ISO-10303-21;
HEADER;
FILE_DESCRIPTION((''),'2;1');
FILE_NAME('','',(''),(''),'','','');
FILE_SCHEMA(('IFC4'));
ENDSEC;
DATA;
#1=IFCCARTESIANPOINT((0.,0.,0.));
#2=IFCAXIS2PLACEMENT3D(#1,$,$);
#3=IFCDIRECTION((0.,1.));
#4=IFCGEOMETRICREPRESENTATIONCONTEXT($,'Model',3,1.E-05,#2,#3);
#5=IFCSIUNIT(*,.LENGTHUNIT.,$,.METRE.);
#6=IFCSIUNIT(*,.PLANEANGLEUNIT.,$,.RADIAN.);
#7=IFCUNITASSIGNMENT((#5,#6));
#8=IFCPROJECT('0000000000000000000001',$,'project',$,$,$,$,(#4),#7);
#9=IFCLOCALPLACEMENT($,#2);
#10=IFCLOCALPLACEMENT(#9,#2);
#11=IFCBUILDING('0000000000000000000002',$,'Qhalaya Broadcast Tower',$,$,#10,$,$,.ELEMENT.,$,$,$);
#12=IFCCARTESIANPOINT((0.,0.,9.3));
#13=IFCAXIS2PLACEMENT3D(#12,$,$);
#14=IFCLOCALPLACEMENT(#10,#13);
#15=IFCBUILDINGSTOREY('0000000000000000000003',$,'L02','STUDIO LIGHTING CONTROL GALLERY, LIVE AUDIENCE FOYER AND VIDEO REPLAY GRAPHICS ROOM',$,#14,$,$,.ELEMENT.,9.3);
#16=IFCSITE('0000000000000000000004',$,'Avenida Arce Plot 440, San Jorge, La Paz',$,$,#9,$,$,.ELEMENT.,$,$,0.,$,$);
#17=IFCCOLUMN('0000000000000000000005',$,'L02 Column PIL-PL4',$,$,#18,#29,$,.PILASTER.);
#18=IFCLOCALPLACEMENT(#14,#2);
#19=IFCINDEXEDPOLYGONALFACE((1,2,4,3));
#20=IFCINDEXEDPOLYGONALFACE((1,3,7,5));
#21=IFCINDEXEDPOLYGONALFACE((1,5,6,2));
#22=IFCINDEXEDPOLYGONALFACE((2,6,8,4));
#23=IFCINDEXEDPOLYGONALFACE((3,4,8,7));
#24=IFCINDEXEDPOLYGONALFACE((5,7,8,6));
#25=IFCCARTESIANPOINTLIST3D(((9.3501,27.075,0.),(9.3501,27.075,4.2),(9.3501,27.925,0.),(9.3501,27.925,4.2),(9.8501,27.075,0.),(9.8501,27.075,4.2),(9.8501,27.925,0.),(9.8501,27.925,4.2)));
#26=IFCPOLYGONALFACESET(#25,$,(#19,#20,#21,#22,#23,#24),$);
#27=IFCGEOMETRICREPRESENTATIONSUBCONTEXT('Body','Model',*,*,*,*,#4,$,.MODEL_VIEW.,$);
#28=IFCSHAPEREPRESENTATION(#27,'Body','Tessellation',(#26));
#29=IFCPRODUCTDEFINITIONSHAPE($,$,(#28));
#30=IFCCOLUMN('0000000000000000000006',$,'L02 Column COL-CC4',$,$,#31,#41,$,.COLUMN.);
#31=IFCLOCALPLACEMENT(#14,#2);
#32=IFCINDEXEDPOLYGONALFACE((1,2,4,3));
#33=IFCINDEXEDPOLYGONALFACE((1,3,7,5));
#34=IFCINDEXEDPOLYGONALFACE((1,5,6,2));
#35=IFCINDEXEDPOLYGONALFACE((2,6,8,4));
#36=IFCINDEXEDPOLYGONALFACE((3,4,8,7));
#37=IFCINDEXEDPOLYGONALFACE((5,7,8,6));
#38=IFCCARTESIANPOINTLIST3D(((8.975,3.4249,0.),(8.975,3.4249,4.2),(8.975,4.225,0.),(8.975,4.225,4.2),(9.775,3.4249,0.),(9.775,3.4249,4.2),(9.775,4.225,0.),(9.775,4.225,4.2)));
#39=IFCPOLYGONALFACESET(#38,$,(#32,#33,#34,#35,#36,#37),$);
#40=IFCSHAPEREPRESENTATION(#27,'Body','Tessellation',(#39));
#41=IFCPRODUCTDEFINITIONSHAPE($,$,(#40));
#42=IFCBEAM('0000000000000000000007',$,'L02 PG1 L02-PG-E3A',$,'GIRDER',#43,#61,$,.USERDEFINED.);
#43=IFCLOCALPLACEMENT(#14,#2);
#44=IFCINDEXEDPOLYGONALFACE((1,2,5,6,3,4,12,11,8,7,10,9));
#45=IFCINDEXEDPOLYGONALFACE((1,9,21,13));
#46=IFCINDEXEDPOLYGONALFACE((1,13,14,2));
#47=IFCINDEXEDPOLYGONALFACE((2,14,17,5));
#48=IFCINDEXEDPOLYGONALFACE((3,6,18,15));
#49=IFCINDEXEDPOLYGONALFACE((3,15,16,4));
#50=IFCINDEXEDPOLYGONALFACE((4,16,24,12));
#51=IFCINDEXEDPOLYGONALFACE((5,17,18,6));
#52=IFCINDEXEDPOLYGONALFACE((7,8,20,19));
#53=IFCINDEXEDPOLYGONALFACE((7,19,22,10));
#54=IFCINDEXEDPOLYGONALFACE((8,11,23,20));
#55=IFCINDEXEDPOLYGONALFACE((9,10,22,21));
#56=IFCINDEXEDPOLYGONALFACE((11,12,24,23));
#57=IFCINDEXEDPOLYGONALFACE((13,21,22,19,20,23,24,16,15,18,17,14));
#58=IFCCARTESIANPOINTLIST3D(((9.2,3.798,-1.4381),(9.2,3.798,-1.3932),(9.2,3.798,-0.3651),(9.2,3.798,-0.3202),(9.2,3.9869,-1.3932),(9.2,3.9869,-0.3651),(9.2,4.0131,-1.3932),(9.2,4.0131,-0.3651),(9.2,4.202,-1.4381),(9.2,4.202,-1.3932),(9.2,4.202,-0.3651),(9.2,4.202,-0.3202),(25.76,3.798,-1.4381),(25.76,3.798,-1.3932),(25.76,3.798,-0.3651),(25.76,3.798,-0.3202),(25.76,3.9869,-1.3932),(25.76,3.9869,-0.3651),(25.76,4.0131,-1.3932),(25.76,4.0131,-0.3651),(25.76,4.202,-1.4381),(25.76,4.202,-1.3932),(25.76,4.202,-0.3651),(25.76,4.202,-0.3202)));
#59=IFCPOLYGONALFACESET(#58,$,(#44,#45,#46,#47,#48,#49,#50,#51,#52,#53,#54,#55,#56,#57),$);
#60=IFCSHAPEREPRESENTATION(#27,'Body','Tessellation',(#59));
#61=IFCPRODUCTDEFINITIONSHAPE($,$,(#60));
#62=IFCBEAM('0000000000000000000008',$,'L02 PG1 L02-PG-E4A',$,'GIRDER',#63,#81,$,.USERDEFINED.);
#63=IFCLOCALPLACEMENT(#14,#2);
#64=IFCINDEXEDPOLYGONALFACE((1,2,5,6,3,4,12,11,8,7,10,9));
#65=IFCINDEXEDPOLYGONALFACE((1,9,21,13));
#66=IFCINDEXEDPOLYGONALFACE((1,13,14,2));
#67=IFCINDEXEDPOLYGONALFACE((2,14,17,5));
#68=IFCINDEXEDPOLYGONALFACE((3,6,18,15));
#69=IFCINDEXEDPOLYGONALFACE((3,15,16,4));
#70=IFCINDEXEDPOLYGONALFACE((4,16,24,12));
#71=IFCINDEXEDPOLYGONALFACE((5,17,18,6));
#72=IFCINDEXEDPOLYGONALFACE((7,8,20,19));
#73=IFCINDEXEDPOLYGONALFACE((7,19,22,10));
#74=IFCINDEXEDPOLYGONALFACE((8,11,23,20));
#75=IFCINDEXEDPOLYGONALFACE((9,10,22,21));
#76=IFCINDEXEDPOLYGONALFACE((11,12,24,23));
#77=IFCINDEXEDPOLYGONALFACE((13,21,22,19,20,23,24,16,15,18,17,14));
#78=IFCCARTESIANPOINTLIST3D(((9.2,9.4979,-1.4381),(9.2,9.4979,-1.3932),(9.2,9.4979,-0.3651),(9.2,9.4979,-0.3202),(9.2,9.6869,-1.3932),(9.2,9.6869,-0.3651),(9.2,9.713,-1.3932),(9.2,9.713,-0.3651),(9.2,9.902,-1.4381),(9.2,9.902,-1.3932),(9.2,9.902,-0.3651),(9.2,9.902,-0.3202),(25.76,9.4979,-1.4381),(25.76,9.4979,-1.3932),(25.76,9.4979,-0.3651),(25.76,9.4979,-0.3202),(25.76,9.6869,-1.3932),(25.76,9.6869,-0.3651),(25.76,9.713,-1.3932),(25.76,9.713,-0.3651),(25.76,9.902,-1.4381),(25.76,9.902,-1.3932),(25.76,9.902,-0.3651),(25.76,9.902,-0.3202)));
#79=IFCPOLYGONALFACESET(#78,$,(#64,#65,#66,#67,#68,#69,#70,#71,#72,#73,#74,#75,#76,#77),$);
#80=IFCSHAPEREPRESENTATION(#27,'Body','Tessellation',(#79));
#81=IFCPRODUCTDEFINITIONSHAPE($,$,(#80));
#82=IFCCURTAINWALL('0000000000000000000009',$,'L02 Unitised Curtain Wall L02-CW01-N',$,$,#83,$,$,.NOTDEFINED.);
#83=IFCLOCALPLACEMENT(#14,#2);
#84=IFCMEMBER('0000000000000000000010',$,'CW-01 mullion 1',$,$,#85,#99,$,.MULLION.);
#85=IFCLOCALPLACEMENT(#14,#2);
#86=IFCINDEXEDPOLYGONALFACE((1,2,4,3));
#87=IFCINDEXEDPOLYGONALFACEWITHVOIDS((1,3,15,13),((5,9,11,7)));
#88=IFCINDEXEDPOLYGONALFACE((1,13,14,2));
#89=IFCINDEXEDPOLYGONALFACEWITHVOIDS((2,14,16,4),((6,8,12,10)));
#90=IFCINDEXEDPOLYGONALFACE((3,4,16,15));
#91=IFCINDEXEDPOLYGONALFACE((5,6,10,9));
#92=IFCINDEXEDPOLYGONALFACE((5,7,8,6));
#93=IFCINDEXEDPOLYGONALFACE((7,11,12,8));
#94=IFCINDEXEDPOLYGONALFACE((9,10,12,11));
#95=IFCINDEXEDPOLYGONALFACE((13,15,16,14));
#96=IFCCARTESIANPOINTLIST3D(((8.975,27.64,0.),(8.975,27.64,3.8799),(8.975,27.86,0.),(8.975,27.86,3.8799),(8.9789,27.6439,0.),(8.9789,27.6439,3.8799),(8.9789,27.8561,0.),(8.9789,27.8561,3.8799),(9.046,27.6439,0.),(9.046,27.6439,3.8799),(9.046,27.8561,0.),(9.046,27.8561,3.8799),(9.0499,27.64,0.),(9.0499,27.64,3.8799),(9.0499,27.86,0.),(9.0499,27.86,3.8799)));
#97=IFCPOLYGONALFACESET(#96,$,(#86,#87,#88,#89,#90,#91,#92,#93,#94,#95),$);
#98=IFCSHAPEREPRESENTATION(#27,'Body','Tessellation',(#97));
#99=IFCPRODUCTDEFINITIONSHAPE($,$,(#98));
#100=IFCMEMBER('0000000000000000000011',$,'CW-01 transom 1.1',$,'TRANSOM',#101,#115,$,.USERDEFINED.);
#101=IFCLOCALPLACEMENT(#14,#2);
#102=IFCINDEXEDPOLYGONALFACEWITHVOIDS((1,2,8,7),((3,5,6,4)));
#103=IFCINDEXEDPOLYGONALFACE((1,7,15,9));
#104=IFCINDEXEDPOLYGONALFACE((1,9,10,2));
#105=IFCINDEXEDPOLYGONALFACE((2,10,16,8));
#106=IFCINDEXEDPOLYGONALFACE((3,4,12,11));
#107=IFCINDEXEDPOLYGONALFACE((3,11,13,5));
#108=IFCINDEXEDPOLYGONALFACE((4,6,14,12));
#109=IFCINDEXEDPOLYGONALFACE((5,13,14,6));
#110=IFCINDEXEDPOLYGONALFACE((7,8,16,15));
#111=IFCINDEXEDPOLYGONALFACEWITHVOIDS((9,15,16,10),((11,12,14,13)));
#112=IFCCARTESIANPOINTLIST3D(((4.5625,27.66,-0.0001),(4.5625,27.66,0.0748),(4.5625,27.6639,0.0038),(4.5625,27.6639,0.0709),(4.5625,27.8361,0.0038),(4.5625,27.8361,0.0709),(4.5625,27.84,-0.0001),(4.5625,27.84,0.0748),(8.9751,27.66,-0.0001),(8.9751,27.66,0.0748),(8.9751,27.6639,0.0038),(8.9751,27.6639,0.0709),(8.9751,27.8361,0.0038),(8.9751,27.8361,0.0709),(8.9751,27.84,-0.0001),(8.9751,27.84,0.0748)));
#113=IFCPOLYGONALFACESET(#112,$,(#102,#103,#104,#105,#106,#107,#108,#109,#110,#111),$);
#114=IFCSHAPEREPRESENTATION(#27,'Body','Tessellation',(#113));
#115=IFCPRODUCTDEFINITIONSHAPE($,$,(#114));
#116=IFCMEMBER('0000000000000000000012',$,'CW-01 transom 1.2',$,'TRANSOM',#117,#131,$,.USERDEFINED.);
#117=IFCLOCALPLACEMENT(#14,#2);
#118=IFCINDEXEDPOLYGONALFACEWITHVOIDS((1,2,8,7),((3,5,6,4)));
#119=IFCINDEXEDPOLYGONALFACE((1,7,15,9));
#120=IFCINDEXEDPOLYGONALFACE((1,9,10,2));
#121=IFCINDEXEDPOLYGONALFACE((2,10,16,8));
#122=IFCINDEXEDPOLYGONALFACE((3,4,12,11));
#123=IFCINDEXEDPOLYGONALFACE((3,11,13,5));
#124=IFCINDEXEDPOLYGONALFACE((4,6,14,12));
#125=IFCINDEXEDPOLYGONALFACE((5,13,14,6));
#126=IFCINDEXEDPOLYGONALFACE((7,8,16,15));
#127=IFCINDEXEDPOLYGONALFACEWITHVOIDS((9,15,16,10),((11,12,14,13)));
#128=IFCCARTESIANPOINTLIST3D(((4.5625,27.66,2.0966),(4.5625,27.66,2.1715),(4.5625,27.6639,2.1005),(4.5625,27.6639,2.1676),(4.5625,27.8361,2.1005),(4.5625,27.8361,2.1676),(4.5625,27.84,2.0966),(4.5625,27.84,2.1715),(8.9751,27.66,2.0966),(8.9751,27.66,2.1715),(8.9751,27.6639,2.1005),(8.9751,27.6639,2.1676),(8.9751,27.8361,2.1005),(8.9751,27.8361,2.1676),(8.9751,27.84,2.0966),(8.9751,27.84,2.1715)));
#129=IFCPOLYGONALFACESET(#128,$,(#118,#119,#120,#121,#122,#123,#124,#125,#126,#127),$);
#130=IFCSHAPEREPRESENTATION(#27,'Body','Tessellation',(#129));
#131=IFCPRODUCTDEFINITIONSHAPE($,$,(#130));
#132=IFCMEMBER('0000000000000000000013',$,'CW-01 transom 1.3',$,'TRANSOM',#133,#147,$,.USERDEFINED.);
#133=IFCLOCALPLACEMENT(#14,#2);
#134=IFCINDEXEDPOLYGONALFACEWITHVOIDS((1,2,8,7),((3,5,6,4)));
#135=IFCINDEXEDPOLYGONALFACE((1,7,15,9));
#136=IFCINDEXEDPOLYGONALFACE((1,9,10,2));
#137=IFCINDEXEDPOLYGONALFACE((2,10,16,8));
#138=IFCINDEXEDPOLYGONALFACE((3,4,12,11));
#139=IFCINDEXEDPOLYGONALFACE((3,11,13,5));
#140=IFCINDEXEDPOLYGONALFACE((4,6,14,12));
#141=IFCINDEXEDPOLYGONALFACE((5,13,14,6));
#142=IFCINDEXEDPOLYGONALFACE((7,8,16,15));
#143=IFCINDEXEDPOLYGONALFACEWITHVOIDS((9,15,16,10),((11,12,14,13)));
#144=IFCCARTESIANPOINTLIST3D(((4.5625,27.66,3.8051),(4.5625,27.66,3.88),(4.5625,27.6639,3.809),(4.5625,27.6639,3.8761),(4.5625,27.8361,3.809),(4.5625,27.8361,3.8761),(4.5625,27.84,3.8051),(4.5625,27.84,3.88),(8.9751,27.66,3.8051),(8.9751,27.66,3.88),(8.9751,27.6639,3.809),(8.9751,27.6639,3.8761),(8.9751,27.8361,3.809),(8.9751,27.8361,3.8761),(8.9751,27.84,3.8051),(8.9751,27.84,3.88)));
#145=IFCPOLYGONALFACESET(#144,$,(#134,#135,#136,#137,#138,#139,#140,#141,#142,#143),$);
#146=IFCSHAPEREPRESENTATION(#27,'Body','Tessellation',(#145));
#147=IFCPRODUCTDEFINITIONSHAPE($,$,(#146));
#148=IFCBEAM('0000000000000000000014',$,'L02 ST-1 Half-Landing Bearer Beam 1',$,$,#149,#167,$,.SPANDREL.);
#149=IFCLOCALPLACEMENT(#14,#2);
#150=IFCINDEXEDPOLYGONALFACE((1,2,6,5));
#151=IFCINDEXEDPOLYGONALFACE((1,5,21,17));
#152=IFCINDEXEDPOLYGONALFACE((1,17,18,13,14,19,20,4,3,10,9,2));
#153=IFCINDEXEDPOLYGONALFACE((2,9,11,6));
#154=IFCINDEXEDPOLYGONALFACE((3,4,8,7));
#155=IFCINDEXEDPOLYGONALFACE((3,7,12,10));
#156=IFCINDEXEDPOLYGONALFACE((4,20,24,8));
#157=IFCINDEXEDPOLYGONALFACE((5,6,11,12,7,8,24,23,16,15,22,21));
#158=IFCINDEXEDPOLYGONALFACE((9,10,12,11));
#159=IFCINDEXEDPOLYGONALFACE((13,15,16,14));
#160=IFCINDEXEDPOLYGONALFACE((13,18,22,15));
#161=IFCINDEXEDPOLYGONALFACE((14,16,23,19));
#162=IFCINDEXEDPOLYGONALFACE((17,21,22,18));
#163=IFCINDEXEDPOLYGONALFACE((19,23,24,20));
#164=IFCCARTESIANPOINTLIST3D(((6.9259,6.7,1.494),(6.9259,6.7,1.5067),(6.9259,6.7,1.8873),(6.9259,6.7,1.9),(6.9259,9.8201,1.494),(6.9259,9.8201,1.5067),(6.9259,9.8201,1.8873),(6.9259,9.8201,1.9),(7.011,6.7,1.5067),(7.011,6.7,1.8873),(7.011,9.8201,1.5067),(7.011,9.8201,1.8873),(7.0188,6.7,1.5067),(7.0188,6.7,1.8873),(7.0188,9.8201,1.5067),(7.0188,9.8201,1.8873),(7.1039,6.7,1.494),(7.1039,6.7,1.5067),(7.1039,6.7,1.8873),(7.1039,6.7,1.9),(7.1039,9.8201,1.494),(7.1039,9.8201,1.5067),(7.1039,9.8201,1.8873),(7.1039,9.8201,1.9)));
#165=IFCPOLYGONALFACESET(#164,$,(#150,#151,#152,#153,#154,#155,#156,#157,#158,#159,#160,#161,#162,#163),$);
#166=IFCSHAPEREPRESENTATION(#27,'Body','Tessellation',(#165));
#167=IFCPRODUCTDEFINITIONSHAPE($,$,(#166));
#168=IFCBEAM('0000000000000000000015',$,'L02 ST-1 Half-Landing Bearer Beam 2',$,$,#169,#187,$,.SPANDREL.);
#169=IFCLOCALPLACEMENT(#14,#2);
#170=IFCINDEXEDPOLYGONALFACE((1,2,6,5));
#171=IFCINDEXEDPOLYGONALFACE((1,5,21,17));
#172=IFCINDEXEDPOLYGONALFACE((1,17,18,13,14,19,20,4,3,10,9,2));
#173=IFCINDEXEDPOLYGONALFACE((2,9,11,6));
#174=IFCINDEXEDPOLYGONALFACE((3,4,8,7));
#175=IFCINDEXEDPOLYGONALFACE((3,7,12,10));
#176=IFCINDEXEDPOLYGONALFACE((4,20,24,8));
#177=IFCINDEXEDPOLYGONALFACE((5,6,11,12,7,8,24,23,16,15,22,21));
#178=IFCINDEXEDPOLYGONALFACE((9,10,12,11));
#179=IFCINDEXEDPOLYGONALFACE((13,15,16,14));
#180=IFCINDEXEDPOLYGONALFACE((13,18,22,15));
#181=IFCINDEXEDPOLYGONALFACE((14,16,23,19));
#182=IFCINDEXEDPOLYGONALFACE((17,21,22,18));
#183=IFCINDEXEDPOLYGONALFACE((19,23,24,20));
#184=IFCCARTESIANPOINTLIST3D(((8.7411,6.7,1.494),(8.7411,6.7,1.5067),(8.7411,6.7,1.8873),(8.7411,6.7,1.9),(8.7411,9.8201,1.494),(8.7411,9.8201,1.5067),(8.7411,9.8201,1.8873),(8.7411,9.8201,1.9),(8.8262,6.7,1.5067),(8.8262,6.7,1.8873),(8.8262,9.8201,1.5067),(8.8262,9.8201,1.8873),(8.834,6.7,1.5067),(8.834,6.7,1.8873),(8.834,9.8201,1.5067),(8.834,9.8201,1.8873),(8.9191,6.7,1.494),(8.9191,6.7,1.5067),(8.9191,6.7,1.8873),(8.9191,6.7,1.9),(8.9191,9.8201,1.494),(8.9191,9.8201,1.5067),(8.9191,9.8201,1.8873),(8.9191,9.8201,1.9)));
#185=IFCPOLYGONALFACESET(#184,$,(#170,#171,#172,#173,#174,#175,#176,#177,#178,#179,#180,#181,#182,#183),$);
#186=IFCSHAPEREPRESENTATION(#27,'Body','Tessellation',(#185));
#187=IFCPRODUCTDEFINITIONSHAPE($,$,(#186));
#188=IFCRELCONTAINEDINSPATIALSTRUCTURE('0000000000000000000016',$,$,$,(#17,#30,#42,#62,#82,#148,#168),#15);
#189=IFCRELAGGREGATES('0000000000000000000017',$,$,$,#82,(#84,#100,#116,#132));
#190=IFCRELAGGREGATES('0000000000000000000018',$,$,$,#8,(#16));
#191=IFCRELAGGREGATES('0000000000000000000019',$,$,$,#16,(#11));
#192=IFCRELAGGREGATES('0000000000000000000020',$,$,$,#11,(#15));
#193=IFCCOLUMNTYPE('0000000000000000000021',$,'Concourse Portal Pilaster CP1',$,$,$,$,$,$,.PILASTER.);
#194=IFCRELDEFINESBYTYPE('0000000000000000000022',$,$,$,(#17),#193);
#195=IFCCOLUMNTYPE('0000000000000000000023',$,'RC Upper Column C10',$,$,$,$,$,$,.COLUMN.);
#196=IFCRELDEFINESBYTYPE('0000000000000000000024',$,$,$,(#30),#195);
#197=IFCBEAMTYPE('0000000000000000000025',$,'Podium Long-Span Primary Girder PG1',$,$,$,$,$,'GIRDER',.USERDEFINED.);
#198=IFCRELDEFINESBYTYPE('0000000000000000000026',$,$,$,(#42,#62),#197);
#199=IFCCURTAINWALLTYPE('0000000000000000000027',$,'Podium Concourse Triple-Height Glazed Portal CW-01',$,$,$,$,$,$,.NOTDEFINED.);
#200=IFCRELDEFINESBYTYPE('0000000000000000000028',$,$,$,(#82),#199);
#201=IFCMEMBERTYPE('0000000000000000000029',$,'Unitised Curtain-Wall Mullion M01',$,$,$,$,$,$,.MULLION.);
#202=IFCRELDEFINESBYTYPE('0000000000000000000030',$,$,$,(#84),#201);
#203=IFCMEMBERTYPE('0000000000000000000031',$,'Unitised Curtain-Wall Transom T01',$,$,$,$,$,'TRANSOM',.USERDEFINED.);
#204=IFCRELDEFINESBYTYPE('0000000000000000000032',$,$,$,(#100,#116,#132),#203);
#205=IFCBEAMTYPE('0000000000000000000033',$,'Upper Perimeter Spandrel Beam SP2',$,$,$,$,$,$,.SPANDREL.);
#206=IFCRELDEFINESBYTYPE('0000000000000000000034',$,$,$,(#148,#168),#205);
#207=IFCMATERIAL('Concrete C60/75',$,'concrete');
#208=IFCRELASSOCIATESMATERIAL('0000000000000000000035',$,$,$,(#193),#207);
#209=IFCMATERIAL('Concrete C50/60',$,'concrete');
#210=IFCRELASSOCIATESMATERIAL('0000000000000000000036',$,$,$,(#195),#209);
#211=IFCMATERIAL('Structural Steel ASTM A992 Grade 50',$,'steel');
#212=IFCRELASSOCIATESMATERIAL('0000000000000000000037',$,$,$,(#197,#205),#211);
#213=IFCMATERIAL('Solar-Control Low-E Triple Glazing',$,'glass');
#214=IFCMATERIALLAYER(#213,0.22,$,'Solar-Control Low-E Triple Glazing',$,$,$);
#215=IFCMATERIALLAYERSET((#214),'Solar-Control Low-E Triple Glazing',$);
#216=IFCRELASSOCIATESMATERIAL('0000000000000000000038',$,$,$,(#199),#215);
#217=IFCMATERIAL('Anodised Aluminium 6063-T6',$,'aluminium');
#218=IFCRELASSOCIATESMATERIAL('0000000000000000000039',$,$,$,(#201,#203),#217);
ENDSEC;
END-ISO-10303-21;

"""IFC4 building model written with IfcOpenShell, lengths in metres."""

from ifc_helpers import new_model, si_unit, direction, frame, origin, origin_2d, place, context, subcontext, project, spatial, rectangle, hollow_rectangle, i_section, extrude, material, layer, layer_set, material_profile, profile_set, type_object, element, aggregate, save


model = new_model("IFC4")

# Units and contexts
model_context = context("Model", 3, precision=1e-05, world=origin(), true_north=direction((0.0, 1.0)))
body_context = subcontext(model_context, "Body", "Model", "MODEL_VIEW")
ifc_project = project(units=[si_unit("LENGTHUNIT", "METRE"), si_unit("PLANEANGLEUNIT", "RADIAN")], contexts=[model_context])

# Site, building, storey
site_placement = place(None, origin())
site = spatial("IfcSite", under=ifc_project, at=site_placement, Name="Avenida Arce Plot 440, San Jorge, La Paz", CompositionType="ELEMENT", RefElevation=0.0)
building_placement = place(site_placement, origin())
building = spatial("IfcBuilding", under=site, at=building_placement, Name="Qhalaya Broadcast Tower", CompositionType="ELEMENT")
storey_placement = place(building_placement, frame((0.0, 0.0, 9.3)))
storey = spatial("IfcBuildingStorey", under=building, at=storey_placement, Name="L02", Description="STUDIO LIGHTING CONTROL GALLERY, LIVE AUDIENCE FOYER AND VIDEO REPLAY GRAPHICS ROOM", CompositionType="ELEMENT", Elevation=9.3)

# Columns
ifc_material_1 = material(Name="Concrete C60/75", Category="concrete")
ifc_material_profile_1 = material_profile(ifc_material_1, rectangle(XDim=0.5, YDim=0.8501, at=origin_2d()), Name="RC-PIL 500x850")
ifc_profile_set_1 = profile_set([ifc_material_profile_1], Name="Concrete C60/75")
column_type_1 = type_object("IfcColumnType", Name="Concourse Portal Pilaster CP1", PredefinedType="PILASTER", material=ifc_profile_set_1)
column_1_placement = place(storey_placement, frame((9.6001, 27.5, 0.0), z_axis=(0.0, 0.0, 1.0), x_axis=(1.0, 0.0, 0.0)))
element("IfcColumn", 1, at=column_1_placement, inside=storey, type_object=column_type_1, Name="L02 Column PIL-PL4", PredefinedType="PILASTER", context=body_context, shape_type="SweptSolid", body=[
    extrude(rectangle(XDim=0.5, YDim=0.8501, at=origin_2d()), origin(), (0.0, 0.0, 1.0), 4.2),
])
ifc_material_2 = material(Name="Concrete C50/60", Category="concrete")
ifc_material_profile_2 = material_profile(ifc_material_2, rectangle(XDim=0.8, YDim=0.8, at=origin_2d()), Name="RC-COL 800x800")
ifc_profile_set_2 = profile_set([ifc_material_profile_2], Name="Concrete C50/60")
column_type_2 = type_object("IfcColumnType", Name="RC Upper Column C10", PredefinedType="COLUMN", material=ifc_profile_set_2)
column_2_placement = place(storey_placement, frame((9.375, 3.825, 0.0), z_axis=(0.0, 0.0, 1.0), x_axis=(1.0, 0.0, 0.0)))
element("IfcColumn", 2, at=column_2_placement, inside=storey, type_object=column_type_2, Name="L02 Column COL-CC4", PredefinedType="COLUMN", context=body_context, shape_type="SweptSolid", body=[
    extrude(rectangle(XDim=0.8, YDim=0.8, at=origin_2d()), origin(), (0.0, 0.0, 1.0), 4.2),
])

# Beams
ifc_material_3 = material(Name="Structural Steel ASTM A992 Grade 50", Category="steel")
ifc_material_profile_3 = material_profile(ifc_material_3, i_section(OverallWidth=0.4041, OverallDepth=1.1179, WebThickness=0.0261, FlangeThickness=0.0449, at=origin_2d()), Name="W44X335")
ifc_profile_set_3 = profile_set([ifc_material_profile_3], Name="Structural Steel ASTM A992 Grade 50")
beam_type_1 = type_object("IfcBeamType", Name="Podium Long-Span Primary Girder PG1", ElementType="GIRDER", PredefinedType="USERDEFINED", material=ifc_profile_set_3)
for number, where, z_axis, x_axis, name in (
    (3, (9.2, 4.0, -0.8792), (1.0, 0.0, 0.0), (0.0, 1.0, 0.0), "L02 PG1 L02-PG-E3A"),
    (4, (9.2, 9.7, -0.8792), (1.0, 0.0, 0.0), (0.0, 1.0, 0.0), "L02 PG1 L02-PG-E4A"),
):
    element("IfcBeam", number, at=place(storey_placement, frame(where, z_axis=z_axis, x_axis=x_axis)), inside=storey, type_object=beam_type_1, Name=name, ObjectType="GIRDER", PredefinedType="USERDEFINED", context=body_context, shape_type="SweptSolid", body=[
        extrude(i_section(OverallWidth=0.4041, OverallDepth=1.1179, WebThickness=0.0261, FlangeThickness=0.0449, at=origin_2d()), origin(), (0.0, 0.0, 1.0), 16.5601),
    ])

# Curtain wall, members
ifc_material_4 = material(Name="Solar-Control Low-E Triple Glazing", Category="glass")
ifc_layer_1 = layer(ifc_material_4, 0.22, Name="Solar-Control Low-E Triple Glazing")
ifc_layer_set_1 = layer_set([ifc_layer_1], Name="Solar-Control Low-E Triple Glazing")
curtain_wall_type = type_object("IfcCurtainWallType", Name="Podium Concourse Triple-Height Glazed Portal CW-01", PredefinedType="NOTDEFINED", material=ifc_layer_set_1)
curtain_wall_placement = place(storey_placement, origin())
curtain_wall = element("IfcCurtainWall", 5, at=curtain_wall_placement, inside=storey, type_object=curtain_wall_type, Name="L02 Unitised Curtain Wall L02-CW01-N", PredefinedType="NOTDEFINED")
ifc_material_5 = material(Name="Anodised Aluminium 6063-T6", Category="aluminium")
ifc_material_profile_4 = material_profile(ifc_material_5, hollow_rectangle(XDim=0.075, YDim=0.22, WallThickness=0.0039, at=origin_2d()), Name="ALU-MUL 75x220x4")
ifc_profile_set_4 = profile_set([ifc_material_profile_4], Name="Anodised Aluminium 6063-T6")
member_type_1 = type_object("IfcMemberType", Name="Unitised Curtain-Wall Mullion M01", PredefinedType="MULLION", material=ifc_profile_set_4)
member_1_placement = place(storey_placement, frame((9.0125, 27.75, 0.0), z_axis=(0.0, 0.0, 1.0), x_axis=(-1.0, 0.0, 0.0)))
member_1 = element("IfcMember", 6, at=member_1_placement, type_object=member_type_1, Name="CW-01 mullion 1", PredefinedType="MULLION", context=body_context, shape_type="SweptSolid", body=[
    extrude(hollow_rectangle(XDim=0.075, YDim=0.22, WallThickness=0.0039, at=origin_2d()), origin(), (0.0, 0.0, 1.0), 3.8799),
])
ifc_material_profile_5 = material_profile(ifc_material_5, hollow_rectangle(XDim=0.075, YDim=0.1799, WallThickness=0.0039, at=origin_2d()), Name="ALU-TRN 75x180x4")
ifc_profile_set_5 = profile_set([ifc_material_profile_5], Name="Anodised Aluminium 6063-T6")
member_type_2 = type_object("IfcMemberType", Name="Unitised Curtain-Wall Transom T01", ElementType="TRANSOM", PredefinedType="USERDEFINED", material=ifc_profile_set_5)
member_2_placement = place(storey_placement, frame((8.9751, 27.75, 0.0374), z_axis=(-1.0, 0.0, 0.0), x_axis=(0.0, 0.0, 1.0)))
member_2 = element("IfcMember", 7, at=member_2_placement, type_object=member_type_2, Name="CW-01 transom 1.1", ObjectType="TRANSOM", PredefinedType="USERDEFINED", context=body_context, shape_type="SweptSolid", body=[
    extrude(hollow_rectangle(XDim=0.075, YDim=0.1799, WallThickness=0.0039, at=origin_2d()), origin(), (0.0, 0.0, 1.0), 4.4126),
])
member_3_placement = place(storey_placement, frame((8.9751, 27.75, 2.134), z_axis=(-1.0, 0.0, 0.0), x_axis=(0.0, 0.0, 1.0)))
member_3 = element("IfcMember", 8, at=member_3_placement, type_object=member_type_2, Name="CW-01 transom 1.2", ObjectType="TRANSOM", PredefinedType="USERDEFINED", context=body_context, shape_type="SweptSolid", body=[
    extrude(hollow_rectangle(XDim=0.075, YDim=0.1799, WallThickness=0.0039, at=origin_2d()), origin(), (0.0, 0.0, 1.0), 4.4126),
])
member_4_placement = place(storey_placement, frame((8.9751, 27.75, 3.8425), z_axis=(-1.0, 0.0, 0.0), x_axis=(0.0, 0.0, 1.0)))
member_4 = element("IfcMember", 9, at=member_4_placement, type_object=member_type_2, Name="CW-01 transom 1.3", ObjectType="TRANSOM", PredefinedType="USERDEFINED", context=body_context, shape_type="SweptSolid", body=[
    extrude(hollow_rectangle(XDim=0.075, YDim=0.1799, WallThickness=0.0039, at=origin_2d()), origin(), (0.0, 0.0, 1.0), 4.4126),
])
aggregate(curtain_wall, [member_1, member_2, member_3, member_4])

# Beams
ifc_material_profile_6 = material_profile(ifc_material_3, i_section(OverallWidth=0.178, OverallDepth=0.406, WebThickness=0.0078, FlangeThickness=0.0127, at=origin_2d()), Name="W16X40")
ifc_profile_set_6 = profile_set([ifc_material_profile_6], Name="Structural Steel ASTM A992 Grade 50")
beam_type_2 = type_object("IfcBeamType", Name="Upper Perimeter Spandrel Beam SP2", PredefinedType="SPANDREL", material=ifc_profile_set_6)
for number, where, z_axis, x_axis, name in (
    (10, (7.0149, 6.7, 1.697), (0.0, 1.0, 0.0), (-1.0, 0.0, 0.0), "L02 ST-1 Half-Landing Bearer Beam 1"),
    (11, (8.8301, 6.7, 1.697), (0.0, 1.0, 0.0), (-1.0, 0.0, 0.0), "L02 ST-1 Half-Landing Bearer Beam 2"),
):
    element("IfcBeam", number, at=place(storey_placement, frame(where, z_axis=z_axis, x_axis=x_axis)), inside=storey, type_object=beam_type_2, Name=name, PredefinedType="SPANDREL", context=body_context, shape_type="SweptSolid", body=[
        extrude(i_section(OverallWidth=0.178, OverallDepth=0.406, WebThickness=0.0078, FlangeThickness=0.0127, at=origin_2d()), origin(), (0.0, 0.0, 1.0), 3.1201),
    ])

save(model, "model.ifc")
